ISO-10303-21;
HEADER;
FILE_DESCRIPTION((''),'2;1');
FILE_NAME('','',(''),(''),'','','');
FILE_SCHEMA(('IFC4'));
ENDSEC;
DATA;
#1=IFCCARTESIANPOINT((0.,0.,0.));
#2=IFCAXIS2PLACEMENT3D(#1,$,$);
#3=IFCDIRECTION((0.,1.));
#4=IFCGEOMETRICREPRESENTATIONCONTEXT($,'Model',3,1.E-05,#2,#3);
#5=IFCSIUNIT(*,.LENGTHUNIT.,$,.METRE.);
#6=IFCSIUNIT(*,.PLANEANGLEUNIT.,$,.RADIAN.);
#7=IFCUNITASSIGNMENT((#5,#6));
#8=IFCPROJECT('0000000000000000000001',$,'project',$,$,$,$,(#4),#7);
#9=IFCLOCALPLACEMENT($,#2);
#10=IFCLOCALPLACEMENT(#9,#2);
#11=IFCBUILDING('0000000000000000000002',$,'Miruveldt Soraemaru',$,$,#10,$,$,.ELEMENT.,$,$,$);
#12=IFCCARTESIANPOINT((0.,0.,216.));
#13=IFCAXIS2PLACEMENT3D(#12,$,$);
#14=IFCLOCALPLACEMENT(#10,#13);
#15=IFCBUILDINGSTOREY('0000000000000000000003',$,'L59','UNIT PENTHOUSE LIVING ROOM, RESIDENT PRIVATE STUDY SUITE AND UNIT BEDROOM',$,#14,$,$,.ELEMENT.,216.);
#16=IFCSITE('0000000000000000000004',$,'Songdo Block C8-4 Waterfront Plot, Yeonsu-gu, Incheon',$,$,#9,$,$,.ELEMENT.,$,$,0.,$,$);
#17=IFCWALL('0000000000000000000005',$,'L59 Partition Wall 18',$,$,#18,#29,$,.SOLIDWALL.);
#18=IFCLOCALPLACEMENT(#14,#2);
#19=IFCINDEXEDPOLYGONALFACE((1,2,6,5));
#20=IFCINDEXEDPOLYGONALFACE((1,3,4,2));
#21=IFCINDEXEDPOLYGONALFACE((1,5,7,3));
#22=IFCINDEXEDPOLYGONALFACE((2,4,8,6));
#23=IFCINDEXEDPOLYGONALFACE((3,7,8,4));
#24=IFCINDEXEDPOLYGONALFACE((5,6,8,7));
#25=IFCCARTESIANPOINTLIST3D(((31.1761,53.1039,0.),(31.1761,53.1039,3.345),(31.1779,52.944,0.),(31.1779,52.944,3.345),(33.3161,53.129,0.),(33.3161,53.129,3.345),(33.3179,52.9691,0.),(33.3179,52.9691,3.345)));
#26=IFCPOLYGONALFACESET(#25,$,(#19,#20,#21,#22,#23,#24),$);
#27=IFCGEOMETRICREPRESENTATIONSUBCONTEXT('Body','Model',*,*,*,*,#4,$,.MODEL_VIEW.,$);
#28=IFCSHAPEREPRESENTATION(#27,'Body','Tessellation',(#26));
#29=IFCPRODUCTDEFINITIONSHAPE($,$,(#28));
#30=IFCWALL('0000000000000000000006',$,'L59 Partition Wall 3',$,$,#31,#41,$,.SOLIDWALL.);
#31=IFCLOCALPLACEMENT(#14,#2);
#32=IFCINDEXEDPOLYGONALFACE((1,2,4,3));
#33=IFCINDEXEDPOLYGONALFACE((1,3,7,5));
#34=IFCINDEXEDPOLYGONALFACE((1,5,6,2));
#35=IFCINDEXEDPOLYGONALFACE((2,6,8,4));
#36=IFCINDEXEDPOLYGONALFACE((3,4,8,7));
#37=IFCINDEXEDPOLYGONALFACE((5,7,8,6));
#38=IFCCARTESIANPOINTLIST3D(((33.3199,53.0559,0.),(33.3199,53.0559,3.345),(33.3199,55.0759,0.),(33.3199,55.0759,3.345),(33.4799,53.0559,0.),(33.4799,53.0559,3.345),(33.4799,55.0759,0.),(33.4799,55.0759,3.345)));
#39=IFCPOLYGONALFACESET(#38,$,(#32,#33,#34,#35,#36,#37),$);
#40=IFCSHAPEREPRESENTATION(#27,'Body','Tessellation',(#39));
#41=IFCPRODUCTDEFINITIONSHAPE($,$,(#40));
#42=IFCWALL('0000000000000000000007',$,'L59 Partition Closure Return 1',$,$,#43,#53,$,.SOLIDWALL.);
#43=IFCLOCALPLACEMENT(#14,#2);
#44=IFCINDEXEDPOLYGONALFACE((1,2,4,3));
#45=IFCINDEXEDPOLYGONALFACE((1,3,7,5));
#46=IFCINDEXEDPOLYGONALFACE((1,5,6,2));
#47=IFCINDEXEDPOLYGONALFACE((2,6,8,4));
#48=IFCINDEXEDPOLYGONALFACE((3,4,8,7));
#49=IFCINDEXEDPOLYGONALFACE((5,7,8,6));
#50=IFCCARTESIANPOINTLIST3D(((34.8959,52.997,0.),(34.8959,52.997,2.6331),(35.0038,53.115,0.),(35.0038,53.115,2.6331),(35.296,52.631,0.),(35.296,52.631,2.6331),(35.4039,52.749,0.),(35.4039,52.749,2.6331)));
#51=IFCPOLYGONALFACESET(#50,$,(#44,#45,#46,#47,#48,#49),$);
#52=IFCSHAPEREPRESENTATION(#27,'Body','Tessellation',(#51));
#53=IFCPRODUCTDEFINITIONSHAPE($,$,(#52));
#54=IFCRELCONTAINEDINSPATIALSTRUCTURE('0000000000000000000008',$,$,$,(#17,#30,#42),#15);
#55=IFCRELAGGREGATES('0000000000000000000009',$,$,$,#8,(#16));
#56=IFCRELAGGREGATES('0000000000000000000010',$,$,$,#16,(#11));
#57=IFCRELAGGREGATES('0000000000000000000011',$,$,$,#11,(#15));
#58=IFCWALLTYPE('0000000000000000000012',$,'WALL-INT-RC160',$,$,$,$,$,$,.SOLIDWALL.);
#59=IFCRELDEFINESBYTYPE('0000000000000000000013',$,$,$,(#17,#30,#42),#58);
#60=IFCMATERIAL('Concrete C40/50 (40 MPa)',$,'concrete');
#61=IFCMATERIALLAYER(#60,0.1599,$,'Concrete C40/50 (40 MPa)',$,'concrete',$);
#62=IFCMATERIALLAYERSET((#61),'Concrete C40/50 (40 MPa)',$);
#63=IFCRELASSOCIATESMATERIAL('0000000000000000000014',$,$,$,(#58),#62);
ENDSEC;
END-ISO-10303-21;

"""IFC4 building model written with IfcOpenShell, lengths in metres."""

from ifc_helpers import new_model, si_unit, direction, frame, frame_2d, origin, place, context, subcontext, project, spatial, rectangle, extrude, material, layer, layer_set, type_object, element, save


model = new_model("IFC4")

# Units and contexts
model_context = context("Model", 3, precision=1e-05, world=origin(), true_north=direction((0.0, 1.0)))
body_context = subcontext(model_context, "Body", "Model", "MODEL_VIEW")
ifc_project = project(units=[si_unit("LENGTHUNIT", "METRE"), si_unit("PLANEANGLEUNIT", "RADIAN")], contexts=[model_context])

# Site, building, storey
site_placement = place(None, origin())
site = spatial("IfcSite", under=ifc_project, at=site_placement, Name="Songdo Block C8-4 Waterfront Plot, Yeonsu-gu, Incheon", CompositionType="ELEMENT", RefElevation=0.0)
building_placement = place(site_placement, origin())
building = spatial("IfcBuilding", under=site, at=building_placement, Name="Miruveldt Soraemaru", CompositionType="ELEMENT")
storey_placement = place(building_placement, frame((0.0, 0.0, 216.0)))
storey = spatial("IfcBuildingStorey", under=building, at=storey_placement, Name="L59", Description="UNIT PENTHOUSE LIVING ROOM, RESIDENT PRIVATE STUDY SUITE AND UNIT BEDROOM", CompositionType="ELEMENT", Elevation=216.0)

# Shared definitions
ifc_material_1 = material(Name="Concrete C40/50 (40 MPa)", Category="concrete")
ifc_layer_1 = layer(ifc_material_1, 0.1599, Name="Concrete C40/50 (40 MPa)", Category="concrete")
ifc_layer_set_1 = layer_set([ifc_layer_1], Name="Concrete C40/50 (40 MPa)")
wall_type_1 = type_object("IfcWallType", Name="WALL-INT-RC160", PredefinedType="SOLIDWALL", material=ifc_layer_set_1)

# Walls
wall_1_placement = place(storey_placement, frame((31.177, 53.0239, 0.0), z_axis=(0.0, 0.0, 1.0), x_axis=(0.999931, 0.01175, 0.0)))
element("IfcWall", 1, at=wall_1_placement, inside=storey, type_object=wall_type_1, Name="L59 Partition Wall 18", PredefinedType="SOLIDWALL", context=body_context, shape_type="SweptSolid", body=[
    extrude(rectangle(XDim=2.1401, YDim=0.1599, at=frame_2d((1.0701, 0.0))), origin(), (0.0, 0.0, 1.0), 3.345),
])
wall_2_placement = place(storey_placement, frame((33.3999, 55.0759, 0.0), z_axis=(0.0, 0.0, 1.0), x_axis=(0.0, -1.0, 0.0)))
element("IfcWall", 2, at=wall_2_placement, inside=storey, type_object=wall_type_1, Name="L59 Partition Wall 3", PredefinedType="SOLIDWALL", context=body_context, shape_type="SweptSolid", body=[
    extrude(rectangle(XDim=2.02, YDim=0.1599, at=frame_2d((1.01, 0.0))), origin(), (0.0, 0.0, 1.0), 3.345),
])
wall_3_placement = place(storey_placement, frame((34.95, 53.0559, 0.0), z_axis=(0.0, 0.0, 1.0), x_axis=(0.73792, -0.674888, 0.0)))
element("IfcWall", 3, at=wall_3_placement, inside=storey, type_object=wall_type_1, Name="L59 Partition Closure Return 1", PredefinedType="SOLIDWALL", context=body_context, shape_type="SweptSolid", body=[
    extrude(rectangle(XDim=0.5422, YDim=0.1599, at=frame_2d((0.271, 0.0))), origin(), (0.0, 0.0, 1.0), 2.6331),
])

save(model, "model.ifc")
